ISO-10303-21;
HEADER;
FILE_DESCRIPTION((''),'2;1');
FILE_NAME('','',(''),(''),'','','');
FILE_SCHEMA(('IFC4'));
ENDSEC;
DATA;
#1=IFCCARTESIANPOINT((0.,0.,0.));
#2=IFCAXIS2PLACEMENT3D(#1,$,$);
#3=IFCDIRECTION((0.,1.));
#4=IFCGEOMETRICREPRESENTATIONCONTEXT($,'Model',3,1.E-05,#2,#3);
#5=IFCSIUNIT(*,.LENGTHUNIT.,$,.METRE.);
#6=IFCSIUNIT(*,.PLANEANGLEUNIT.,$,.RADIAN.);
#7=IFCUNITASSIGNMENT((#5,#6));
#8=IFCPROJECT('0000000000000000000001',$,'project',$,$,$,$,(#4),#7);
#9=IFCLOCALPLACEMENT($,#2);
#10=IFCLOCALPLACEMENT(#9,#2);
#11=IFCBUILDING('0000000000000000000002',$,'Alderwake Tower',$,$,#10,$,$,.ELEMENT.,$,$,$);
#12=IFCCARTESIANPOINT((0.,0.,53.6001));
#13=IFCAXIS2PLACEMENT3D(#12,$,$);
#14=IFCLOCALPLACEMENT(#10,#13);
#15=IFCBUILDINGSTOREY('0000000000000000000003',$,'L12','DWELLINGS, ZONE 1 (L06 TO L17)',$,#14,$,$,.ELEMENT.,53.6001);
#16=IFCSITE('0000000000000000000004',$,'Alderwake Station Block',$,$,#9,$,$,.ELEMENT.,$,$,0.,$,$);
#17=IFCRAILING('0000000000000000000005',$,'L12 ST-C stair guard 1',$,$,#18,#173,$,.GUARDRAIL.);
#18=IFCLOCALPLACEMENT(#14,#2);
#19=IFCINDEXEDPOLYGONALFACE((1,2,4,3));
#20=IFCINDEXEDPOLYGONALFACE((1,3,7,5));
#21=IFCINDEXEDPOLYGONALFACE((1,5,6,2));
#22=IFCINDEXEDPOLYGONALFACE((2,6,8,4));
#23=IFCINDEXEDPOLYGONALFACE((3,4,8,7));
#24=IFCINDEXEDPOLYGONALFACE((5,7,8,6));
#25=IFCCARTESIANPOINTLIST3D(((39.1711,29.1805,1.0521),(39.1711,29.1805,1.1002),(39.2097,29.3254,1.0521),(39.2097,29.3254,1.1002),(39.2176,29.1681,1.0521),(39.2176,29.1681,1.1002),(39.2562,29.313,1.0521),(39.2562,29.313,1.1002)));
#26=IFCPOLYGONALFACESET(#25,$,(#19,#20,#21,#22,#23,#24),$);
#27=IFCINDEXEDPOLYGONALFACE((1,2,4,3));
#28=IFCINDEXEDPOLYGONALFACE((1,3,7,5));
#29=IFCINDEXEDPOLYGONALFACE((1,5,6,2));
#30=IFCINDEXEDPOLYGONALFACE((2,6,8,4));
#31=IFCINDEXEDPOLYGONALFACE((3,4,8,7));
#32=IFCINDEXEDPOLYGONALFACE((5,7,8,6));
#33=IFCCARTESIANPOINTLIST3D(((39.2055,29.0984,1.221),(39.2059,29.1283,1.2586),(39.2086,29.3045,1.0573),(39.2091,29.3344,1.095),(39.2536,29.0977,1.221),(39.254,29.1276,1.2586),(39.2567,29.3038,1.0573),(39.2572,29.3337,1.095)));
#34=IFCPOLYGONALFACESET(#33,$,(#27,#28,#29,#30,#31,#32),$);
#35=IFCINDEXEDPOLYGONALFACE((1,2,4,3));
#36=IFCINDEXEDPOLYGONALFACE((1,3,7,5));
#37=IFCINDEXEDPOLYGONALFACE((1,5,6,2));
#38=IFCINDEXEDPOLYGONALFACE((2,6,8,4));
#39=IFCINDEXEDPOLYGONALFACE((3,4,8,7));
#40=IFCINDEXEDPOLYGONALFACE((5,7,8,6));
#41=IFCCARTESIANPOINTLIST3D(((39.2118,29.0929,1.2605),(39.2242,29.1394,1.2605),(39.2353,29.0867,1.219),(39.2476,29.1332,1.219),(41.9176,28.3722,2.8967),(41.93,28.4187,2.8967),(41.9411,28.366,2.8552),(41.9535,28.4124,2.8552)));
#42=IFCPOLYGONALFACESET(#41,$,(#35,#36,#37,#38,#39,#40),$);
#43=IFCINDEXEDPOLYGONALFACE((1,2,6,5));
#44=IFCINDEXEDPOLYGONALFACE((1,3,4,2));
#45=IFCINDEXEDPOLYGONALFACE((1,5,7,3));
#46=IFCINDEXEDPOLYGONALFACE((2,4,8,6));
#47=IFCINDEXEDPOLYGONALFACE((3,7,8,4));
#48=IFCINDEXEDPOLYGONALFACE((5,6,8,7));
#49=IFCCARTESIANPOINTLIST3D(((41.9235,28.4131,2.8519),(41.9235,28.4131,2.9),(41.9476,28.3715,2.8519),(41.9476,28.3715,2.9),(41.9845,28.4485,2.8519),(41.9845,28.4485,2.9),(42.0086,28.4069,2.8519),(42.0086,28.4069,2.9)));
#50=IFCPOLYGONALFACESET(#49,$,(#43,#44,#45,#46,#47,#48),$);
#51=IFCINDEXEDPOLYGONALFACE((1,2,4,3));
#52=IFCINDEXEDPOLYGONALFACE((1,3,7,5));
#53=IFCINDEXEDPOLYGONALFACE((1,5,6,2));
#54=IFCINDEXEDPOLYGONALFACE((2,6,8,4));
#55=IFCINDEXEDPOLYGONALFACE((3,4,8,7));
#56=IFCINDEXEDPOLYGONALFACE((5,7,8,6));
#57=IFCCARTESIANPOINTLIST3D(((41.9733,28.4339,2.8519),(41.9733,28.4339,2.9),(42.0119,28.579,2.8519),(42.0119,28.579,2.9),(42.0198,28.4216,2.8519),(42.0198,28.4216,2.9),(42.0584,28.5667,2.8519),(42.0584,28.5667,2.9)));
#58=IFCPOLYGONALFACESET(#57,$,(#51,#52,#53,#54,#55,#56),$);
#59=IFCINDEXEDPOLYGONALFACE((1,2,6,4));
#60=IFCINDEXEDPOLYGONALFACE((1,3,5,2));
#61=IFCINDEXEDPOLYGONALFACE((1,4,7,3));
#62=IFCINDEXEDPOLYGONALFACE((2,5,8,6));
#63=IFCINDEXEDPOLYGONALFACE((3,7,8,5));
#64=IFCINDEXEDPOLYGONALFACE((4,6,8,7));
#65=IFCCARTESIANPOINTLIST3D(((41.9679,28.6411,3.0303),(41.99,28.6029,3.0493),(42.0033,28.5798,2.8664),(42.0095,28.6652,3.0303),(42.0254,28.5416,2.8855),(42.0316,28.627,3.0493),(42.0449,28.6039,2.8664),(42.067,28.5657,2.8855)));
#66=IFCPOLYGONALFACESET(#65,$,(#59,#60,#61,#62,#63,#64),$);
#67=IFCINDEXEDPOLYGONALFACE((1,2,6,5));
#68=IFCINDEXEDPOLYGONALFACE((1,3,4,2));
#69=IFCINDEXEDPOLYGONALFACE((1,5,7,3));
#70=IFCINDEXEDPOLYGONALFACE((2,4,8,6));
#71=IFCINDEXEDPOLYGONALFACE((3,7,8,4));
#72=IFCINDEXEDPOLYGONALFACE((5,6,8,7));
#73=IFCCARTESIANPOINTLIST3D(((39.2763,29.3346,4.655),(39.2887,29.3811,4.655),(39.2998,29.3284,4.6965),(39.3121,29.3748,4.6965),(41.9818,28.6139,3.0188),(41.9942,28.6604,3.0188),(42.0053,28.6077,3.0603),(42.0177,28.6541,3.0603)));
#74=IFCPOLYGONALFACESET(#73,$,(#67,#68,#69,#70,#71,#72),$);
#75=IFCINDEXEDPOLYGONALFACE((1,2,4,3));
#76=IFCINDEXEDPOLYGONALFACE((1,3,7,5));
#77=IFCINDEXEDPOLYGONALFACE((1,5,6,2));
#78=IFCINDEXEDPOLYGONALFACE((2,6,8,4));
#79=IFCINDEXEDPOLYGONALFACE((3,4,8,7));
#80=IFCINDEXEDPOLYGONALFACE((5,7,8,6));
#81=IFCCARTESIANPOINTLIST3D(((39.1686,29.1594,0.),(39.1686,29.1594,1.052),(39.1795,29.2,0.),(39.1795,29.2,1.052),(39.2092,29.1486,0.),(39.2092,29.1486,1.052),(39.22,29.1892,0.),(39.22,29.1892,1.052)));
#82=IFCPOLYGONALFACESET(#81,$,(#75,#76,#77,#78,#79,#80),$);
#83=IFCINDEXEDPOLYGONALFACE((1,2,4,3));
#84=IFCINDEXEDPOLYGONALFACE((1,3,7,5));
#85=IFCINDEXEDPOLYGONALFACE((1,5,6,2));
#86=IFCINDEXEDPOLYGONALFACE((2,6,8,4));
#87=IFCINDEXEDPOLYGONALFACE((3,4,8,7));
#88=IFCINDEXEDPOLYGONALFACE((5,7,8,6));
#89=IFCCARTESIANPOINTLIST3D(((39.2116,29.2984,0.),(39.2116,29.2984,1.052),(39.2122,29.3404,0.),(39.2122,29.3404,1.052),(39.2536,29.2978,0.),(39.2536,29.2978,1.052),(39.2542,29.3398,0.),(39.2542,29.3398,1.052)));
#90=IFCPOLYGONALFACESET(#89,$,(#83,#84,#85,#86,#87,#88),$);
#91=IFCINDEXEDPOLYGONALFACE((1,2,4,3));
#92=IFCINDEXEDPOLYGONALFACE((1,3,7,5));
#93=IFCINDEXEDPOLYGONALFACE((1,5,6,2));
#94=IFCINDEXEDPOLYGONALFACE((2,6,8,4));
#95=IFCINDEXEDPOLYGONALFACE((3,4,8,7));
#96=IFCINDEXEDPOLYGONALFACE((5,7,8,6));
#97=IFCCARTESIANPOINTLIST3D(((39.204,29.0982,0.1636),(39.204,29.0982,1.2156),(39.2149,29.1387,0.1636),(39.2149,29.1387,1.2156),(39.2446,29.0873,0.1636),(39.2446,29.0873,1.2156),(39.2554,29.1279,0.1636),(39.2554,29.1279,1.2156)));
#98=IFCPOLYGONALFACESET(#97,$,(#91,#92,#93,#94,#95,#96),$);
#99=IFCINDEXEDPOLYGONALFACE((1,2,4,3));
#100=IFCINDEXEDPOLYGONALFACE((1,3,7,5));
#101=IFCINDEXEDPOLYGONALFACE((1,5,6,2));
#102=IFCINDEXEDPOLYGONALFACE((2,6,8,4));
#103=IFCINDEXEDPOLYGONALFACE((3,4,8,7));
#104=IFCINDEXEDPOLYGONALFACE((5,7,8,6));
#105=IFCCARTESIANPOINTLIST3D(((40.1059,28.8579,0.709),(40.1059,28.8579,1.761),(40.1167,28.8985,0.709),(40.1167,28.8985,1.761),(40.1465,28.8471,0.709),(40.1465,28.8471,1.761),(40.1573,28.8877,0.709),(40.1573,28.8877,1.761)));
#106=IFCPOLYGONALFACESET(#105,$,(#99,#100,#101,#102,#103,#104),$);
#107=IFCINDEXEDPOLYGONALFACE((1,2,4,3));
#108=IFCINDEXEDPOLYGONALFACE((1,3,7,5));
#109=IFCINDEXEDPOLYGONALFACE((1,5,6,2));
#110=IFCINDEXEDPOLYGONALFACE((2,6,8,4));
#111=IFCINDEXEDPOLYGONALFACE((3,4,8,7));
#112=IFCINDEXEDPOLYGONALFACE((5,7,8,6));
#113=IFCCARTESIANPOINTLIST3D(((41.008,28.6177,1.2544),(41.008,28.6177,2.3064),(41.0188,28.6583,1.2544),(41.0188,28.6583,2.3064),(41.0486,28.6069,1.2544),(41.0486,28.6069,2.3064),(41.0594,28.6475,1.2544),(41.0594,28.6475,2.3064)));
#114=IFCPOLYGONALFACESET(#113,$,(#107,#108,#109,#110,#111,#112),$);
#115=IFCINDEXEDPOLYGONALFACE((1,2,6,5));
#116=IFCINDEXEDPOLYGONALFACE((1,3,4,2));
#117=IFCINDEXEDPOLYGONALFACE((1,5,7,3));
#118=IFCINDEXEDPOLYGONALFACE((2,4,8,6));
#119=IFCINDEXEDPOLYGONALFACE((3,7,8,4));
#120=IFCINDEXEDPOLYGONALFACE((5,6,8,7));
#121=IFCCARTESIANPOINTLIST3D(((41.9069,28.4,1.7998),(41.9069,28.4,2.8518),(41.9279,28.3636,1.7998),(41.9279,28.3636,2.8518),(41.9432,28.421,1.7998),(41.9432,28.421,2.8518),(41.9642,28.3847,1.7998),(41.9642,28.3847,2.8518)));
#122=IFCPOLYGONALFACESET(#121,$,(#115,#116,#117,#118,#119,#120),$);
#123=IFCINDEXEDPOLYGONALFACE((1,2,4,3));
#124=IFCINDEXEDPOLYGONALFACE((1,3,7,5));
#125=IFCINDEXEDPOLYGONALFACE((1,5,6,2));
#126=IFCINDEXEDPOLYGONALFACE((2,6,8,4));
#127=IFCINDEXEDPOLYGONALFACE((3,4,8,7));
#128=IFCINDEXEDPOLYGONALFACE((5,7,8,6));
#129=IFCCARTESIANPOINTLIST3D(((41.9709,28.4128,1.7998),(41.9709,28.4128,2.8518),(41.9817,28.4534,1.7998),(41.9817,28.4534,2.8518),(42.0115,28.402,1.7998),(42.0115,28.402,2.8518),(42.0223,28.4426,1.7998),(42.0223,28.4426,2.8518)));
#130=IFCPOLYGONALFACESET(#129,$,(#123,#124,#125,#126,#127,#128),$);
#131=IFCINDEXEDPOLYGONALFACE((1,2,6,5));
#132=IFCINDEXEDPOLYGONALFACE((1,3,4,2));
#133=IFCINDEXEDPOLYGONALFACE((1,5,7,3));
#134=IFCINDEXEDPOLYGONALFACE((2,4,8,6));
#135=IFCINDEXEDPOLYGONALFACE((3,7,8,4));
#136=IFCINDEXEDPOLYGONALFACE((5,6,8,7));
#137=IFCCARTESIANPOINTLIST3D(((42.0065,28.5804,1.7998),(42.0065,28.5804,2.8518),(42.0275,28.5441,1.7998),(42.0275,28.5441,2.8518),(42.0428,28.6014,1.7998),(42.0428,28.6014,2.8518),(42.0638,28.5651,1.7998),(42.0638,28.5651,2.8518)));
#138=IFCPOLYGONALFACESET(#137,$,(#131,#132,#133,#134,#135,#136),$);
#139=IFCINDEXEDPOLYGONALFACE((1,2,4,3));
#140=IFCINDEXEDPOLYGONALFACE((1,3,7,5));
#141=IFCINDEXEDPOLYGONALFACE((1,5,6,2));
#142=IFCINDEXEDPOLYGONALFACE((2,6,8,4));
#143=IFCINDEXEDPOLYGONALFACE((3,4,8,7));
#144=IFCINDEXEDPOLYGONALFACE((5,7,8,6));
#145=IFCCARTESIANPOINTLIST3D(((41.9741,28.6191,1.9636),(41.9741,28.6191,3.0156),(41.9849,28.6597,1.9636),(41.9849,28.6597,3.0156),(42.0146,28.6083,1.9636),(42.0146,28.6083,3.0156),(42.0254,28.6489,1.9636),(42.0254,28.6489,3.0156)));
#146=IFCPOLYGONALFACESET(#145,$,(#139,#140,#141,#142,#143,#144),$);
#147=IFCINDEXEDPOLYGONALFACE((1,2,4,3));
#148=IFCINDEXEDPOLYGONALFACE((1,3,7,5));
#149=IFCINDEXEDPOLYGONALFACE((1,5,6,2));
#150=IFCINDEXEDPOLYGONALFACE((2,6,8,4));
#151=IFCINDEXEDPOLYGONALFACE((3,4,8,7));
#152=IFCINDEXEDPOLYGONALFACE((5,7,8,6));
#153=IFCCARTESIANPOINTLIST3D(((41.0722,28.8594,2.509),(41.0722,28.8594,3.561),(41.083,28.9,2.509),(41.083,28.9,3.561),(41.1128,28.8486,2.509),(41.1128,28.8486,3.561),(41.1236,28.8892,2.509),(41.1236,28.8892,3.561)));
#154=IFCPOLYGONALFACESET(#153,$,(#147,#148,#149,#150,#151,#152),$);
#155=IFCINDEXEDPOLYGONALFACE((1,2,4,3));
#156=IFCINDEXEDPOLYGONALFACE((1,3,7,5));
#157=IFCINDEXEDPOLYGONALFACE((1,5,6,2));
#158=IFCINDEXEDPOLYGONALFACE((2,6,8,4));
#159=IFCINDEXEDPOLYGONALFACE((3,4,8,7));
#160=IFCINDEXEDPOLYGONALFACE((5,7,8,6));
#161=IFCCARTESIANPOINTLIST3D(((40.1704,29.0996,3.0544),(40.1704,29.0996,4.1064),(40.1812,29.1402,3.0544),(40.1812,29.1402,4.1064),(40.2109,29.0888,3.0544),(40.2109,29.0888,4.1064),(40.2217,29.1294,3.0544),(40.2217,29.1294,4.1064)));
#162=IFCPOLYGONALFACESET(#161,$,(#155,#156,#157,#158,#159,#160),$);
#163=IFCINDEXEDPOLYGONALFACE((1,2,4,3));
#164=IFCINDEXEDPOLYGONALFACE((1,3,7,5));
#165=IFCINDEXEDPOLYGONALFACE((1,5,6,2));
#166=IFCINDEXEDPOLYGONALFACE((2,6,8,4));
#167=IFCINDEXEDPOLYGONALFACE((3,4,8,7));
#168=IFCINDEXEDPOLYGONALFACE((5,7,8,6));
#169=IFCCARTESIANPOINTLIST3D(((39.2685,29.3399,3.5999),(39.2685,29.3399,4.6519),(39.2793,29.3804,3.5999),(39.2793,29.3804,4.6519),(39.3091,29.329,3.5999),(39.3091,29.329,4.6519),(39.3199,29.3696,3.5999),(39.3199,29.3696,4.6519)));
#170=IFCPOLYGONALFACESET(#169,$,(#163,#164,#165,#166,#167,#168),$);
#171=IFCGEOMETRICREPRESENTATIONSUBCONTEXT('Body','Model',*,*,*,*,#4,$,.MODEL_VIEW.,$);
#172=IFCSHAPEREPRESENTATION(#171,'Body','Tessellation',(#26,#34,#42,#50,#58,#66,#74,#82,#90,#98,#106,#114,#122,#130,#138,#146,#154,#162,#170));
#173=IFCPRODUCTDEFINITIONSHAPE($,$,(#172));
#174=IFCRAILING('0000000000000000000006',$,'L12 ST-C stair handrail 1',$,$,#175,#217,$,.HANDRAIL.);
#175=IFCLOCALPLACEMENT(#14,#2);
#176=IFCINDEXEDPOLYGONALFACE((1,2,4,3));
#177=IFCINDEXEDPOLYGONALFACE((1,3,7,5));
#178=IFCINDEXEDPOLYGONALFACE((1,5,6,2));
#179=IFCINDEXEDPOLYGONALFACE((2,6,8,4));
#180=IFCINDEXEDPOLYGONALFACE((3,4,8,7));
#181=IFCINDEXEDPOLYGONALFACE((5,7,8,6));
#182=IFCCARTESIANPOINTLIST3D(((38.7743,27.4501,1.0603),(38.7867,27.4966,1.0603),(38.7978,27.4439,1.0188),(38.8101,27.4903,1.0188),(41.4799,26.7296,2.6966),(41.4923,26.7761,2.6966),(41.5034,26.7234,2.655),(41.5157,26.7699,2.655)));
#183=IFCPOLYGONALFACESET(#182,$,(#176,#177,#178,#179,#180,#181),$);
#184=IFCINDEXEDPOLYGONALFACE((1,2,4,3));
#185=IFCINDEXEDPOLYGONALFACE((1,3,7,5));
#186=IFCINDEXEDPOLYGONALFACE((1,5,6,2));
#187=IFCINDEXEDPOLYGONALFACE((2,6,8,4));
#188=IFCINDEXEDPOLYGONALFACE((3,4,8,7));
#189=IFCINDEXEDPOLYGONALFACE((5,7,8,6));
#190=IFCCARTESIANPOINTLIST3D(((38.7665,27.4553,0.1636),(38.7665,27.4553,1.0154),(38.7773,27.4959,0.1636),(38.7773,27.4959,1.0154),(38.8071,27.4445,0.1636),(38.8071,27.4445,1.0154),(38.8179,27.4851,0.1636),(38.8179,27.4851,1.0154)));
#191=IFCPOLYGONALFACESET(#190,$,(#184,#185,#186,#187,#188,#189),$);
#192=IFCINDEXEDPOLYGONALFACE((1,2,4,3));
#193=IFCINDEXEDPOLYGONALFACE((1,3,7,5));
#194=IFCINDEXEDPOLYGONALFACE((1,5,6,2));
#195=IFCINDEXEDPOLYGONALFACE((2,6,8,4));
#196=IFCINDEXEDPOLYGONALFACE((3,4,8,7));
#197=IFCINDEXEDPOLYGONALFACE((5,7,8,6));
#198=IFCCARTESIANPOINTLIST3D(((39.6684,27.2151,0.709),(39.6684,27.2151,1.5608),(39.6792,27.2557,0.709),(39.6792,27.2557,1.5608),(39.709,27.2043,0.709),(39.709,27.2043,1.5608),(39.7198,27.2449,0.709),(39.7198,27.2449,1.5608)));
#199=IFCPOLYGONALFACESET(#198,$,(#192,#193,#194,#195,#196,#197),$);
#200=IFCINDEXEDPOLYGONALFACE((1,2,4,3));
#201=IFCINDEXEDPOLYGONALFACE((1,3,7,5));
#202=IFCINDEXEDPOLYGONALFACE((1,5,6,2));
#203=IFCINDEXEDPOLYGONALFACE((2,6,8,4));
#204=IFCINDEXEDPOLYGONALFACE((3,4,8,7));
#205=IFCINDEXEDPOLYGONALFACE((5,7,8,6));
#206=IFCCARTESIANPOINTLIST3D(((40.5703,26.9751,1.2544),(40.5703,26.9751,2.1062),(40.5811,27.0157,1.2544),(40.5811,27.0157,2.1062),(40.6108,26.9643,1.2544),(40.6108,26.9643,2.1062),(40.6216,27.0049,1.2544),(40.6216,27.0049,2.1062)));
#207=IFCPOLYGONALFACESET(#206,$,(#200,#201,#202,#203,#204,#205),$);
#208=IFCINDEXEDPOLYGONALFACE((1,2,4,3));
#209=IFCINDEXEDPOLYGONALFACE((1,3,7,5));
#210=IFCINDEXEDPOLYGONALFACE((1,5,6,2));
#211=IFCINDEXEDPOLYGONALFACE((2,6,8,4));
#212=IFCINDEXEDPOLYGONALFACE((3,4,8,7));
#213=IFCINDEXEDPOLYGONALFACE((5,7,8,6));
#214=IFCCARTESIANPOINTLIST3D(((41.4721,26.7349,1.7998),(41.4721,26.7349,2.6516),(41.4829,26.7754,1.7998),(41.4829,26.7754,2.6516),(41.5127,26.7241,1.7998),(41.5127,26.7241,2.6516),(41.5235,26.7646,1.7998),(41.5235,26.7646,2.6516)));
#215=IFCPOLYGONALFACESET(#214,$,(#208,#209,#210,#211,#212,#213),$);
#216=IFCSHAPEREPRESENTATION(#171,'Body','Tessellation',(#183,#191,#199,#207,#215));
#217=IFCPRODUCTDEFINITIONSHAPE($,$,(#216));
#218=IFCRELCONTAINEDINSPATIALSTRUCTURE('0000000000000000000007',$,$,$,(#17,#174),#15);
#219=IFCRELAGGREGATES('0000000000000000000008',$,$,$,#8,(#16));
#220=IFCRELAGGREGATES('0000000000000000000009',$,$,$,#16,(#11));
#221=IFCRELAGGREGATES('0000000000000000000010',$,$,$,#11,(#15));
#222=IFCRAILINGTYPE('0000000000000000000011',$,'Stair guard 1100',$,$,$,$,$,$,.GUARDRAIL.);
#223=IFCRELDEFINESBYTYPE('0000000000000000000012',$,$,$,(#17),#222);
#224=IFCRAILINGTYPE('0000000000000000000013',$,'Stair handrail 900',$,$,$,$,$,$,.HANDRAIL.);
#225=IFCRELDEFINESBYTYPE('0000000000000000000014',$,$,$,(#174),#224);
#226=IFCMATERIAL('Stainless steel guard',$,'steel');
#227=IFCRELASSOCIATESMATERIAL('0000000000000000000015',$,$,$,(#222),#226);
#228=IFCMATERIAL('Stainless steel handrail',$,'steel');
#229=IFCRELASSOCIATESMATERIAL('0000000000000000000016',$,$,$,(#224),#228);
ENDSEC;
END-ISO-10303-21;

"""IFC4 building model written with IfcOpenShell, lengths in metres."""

from ifc_helpers import new_model, si_unit, direction, frame, origin, origin_2d, place, context, subcontext, project, spatial, rectangle, extrude, material, type_object, element, save


model = new_model("IFC4")

# Units and contexts
model_context = context("Model", 3, precision=1e-05, world=origin(), true_north=direction((0.0, 1.0)))
body_context = subcontext(model_context, "Body", "Model", "MODEL_VIEW")
ifc_project = project(units=[si_unit("LENGTHUNIT", "METRE"), si_unit("PLANEANGLEUNIT", "RADIAN")], contexts=[model_context])

# Site, building, storey
site_placement = place(None, origin())
site = spatial("IfcSite", under=ifc_project, at=site_placement, Name="Alderwake Station Block", CompositionType="ELEMENT", RefElevation=0.0)
building_placement = place(site_placement, origin())
building = spatial("IfcBuilding", under=site, at=building_placement, Name="Alderwake Tower", CompositionType="ELEMENT")
storey_placement = place(building_placement, frame((0.0, 0.0, 53.6001)))
storey = spatial("IfcBuildingStorey", under=building, at=storey_placement, Name="L12", Description="DWELLINGS, ZONE 1 (L06 TO L17)", CompositionType="ELEMENT", Elevation=53.6001)

# Railings
ifc_material_1 = material(Name="Stainless steel guard", Category="steel")
railing_type_1 = type_object("IfcRailingType", Name="Stair guard 1100", PredefinedType="GUARDRAIL", material=ifc_material_1)
railing_1_placement = place(storey_placement, frame((39.1943, 29.1743, 0.0)))
element("IfcRailing", 1, at=railing_1_placement, inside=storey, type_object=railing_type_1, Name="L12 ST-C stair guard 1", PredefinedType="GUARDRAIL", context=body_context, shape_type="SweptSolid", body=[
    extrude(rectangle(XDim=0.0481, YDim=0.0481, at=origin_2d()), frame((0.0, 0.0, 1.0762), z_axis=(0.25746, 0.966289, 0.0), x_axis=(-0.966289, 0.25746, 0.0)), (0.0, 0.0, 1.0), 0.1499),
    extrude(rectangle(XDim=0.0481, YDim=0.0481, at=origin_2d()), frame((0.0386, 0.1448, 1.0762), z_axis=(-0.012063, -0.78316, 0.621703), x_axis=(0.999881, -0.015401, 0.0)), (0.0, 0.0, 1.0), 0.2632),
    extrude(rectangle(XDim=0.0481, YDim=0.0481, at=origin_2d()), frame((0.0354, -0.0613, 1.2397), z_axis=(0.834314, -0.222223, 0.504518), x_axis=(0.25738, 0.96631, 0.0)), (0.0, 0.0, 1.0), 3.2432),
    extrude(rectangle(XDim=0.0481, YDim=0.0481, at=origin_2d()), frame((2.7412, -0.782, 2.876), z_axis=(0.865031, 0.501718, 0.0), x_axis=(-0.501718, 0.865031, 0.0)), (0.0, 0.0, 1.0), 0.0706),
    extrude(rectangle(XDim=0.0481, YDim=0.0481, at=origin_2d()), frame((2.8022, -0.7466, 2.876), z_axis=(0.257055, 0.966397, 0.0), x_axis=(-0.966397, 0.257055, 0.0)), (0.0, 0.0, 1.0), 0.1501),
    extrude(rectangle(XDim=0.0481, YDim=0.0481, at=origin_2d()), frame((2.8408, -0.6016, 2.876), z_axis=(-0.198376, 0.343395, 0.918001), x_axis=(-0.865898, -0.50022, 0.0)), (0.0, 0.0, 1.0), 0.1785),
    extrude(rectangle(XDim=0.0481, YDim=0.0481, at=origin_2d()), frame((2.8054, -0.5403, 3.0396), z_axis=(-0.834291, 0.222237, 0.504549), x_axis=(-0.257402, -0.966304, 0.0)), (0.0, 0.0, 1.0), 3.2429),
    extrude(rectangle(XDim=0.042, YDim=0.042, at=origin_2d()), frame((0.0, 0.0, 0.0), z_axis=(0.0, 0.0, 1.0), x_axis=(0.25746, 0.966289, 0.0)), (0.0, 0.0, 1.0), 1.052),
    extrude(rectangle(XDim=0.042, YDim=0.042, at=origin_2d()), frame((0.0386, 0.1448, 0.0), z_axis=(0.0, 0.0, 1.0), x_axis=(-0.015401, -0.999881, 0.0)), (0.0, 0.0, 1.0), 1.052),
    extrude(rectangle(XDim=0.042, YDim=0.042, at=origin_2d()), frame((0.0354, -0.0613, 0.1636), z_axis=(0.0, 0.0, 1.0), x_axis=(0.96631, -0.25738, 0.0)), (0.0, 0.0, 1.0), 1.052),
    extrude(rectangle(XDim=0.042, YDim=0.042, at=origin_2d()), frame((0.9373, -0.3015, 0.709), z_axis=(0.0, 0.0, 1.0), x_axis=(0.96631, -0.25738, 0.0)), (0.0, 0.0, 1.0), 1.052),
    extrude(rectangle(XDim=0.042, YDim=0.042, at=origin_2d()), frame((1.8394, -0.5417, 1.2544), z_axis=(0.0, 0.0, 1.0), x_axis=(0.96631, -0.25738, 0.0)), (0.0, 0.0, 1.0), 1.052),
    extrude(rectangle(XDim=0.042, YDim=0.042, at=origin_2d()), frame((2.7412, -0.782, 1.7998), z_axis=(0.0, 0.0, 1.0), x_axis=(0.865031, 0.501718, 0.0)), (0.0, 0.0, 1.0), 1.052),
    extrude(rectangle(XDim=0.042, YDim=0.042, at=origin_2d()), frame((2.8022, -0.7466, 1.7998), z_axis=(0.0, 0.0, 1.0), x_axis=(0.257055, 0.966397, 0.0)), (0.0, 0.0, 1.0), 1.052),
    extrude(rectangle(XDim=0.042, YDim=0.042, at=origin_2d()), frame((2.8408, -0.6016, 1.7998), z_axis=(0.0, 0.0, 1.0), x_axis=(-0.50022, 0.865898, 0.0)), (0.0, 0.0, 1.0), 1.052),
    extrude(rectangle(XDim=0.042, YDim=0.042, at=origin_2d()), frame((2.8054, -0.5403, 1.9636), z_axis=(0.0, 0.0, 1.0), x_axis=(-0.966304, 0.257402, 0.0)), (0.0, 0.0, 1.0), 1.052),
    extrude(rectangle(XDim=0.042, YDim=0.042, at=origin_2d()), frame((1.9036, -0.3, 2.509), z_axis=(0.0, 0.0, 1.0), x_axis=(-0.966304, 0.257402, 0.0)), (0.0, 0.0, 1.0), 1.052),
    extrude(rectangle(XDim=0.042, YDim=0.042, at=origin_2d()), frame((1.0017, -0.0598, 3.0544), z_axis=(0.0, 0.0, 1.0), x_axis=(-0.966304, 0.257402, 0.0)), (0.0, 0.0, 1.0), 1.052),
    extrude(rectangle(XDim=0.042, YDim=0.042, at=origin_2d()), frame((0.0999, 0.1804, 3.5999), z_axis=(0.0, 0.0, 1.0), x_axis=(-0.966304, 0.257402, 0.0)), (0.0, 0.0, 1.0), 1.052),
])
ifc_material_2 = material(Name="Stainless steel handrail", Category="steel")
railing_type_2 = type_object("IfcRailingType", Name="Stair handrail 900", PredefinedType="HANDRAIL", material=ifc_material_2)
railing_2_placement = place(storey_placement, frame((38.7922, 27.4702, 0.1636)))
element("IfcRailing", 2, at=railing_2_placement, inside=storey, type_object=railing_type_2, Name="L12 ST-C stair handrail 1", PredefinedType="HANDRAIL", context=body_context, shape_type="SweptSolid", body=[
    extrude(rectangle(XDim=0.0481, YDim=0.0481, at=origin_2d()), frame((0.0, 0.0, 0.876), z_axis=(0.834305, -0.222165, 0.504558), x_axis=(0.257321, 0.966326, 0.0)), (0.0, 0.0, 1.0), 3.2429),
    extrude(rectangle(XDim=0.042, YDim=0.042, at=origin_2d()), frame((0.0, 0.0, 0.0), z_axis=(0.0, 0.0, 1.0), x_axis=(0.966326, -0.257321, 0.0)), (0.0, 0.0, 1.0), 0.8518),
    extrude(rectangle(XDim=0.042, YDim=0.042, at=origin_2d()), frame((0.9019, -0.2402, 0.5454), z_axis=(0.0, 0.0, 1.0), x_axis=(0.966326, -0.257321, 0.0)), (0.0, 0.0, 1.0), 0.8518),
    extrude(rectangle(XDim=0.042, YDim=0.042, at=origin_2d()), frame((1.8037, -0.4802, 1.0908), z_axis=(0.0, 0.0, 1.0), x_axis=(0.966326, -0.257321, 0.0)), (0.0, 0.0, 1.0), 0.8518),
    extrude(rectangle(XDim=0.042, YDim=0.042, at=origin_2d()), frame((2.7056, -0.7205, 1.6362), z_axis=(0.0, 0.0, 1.0), x_axis=(0.966326, -0.257321, 0.0)), (0.0, 0.0, 1.0), 0.8518),
])

save(model, "model.ifc")
